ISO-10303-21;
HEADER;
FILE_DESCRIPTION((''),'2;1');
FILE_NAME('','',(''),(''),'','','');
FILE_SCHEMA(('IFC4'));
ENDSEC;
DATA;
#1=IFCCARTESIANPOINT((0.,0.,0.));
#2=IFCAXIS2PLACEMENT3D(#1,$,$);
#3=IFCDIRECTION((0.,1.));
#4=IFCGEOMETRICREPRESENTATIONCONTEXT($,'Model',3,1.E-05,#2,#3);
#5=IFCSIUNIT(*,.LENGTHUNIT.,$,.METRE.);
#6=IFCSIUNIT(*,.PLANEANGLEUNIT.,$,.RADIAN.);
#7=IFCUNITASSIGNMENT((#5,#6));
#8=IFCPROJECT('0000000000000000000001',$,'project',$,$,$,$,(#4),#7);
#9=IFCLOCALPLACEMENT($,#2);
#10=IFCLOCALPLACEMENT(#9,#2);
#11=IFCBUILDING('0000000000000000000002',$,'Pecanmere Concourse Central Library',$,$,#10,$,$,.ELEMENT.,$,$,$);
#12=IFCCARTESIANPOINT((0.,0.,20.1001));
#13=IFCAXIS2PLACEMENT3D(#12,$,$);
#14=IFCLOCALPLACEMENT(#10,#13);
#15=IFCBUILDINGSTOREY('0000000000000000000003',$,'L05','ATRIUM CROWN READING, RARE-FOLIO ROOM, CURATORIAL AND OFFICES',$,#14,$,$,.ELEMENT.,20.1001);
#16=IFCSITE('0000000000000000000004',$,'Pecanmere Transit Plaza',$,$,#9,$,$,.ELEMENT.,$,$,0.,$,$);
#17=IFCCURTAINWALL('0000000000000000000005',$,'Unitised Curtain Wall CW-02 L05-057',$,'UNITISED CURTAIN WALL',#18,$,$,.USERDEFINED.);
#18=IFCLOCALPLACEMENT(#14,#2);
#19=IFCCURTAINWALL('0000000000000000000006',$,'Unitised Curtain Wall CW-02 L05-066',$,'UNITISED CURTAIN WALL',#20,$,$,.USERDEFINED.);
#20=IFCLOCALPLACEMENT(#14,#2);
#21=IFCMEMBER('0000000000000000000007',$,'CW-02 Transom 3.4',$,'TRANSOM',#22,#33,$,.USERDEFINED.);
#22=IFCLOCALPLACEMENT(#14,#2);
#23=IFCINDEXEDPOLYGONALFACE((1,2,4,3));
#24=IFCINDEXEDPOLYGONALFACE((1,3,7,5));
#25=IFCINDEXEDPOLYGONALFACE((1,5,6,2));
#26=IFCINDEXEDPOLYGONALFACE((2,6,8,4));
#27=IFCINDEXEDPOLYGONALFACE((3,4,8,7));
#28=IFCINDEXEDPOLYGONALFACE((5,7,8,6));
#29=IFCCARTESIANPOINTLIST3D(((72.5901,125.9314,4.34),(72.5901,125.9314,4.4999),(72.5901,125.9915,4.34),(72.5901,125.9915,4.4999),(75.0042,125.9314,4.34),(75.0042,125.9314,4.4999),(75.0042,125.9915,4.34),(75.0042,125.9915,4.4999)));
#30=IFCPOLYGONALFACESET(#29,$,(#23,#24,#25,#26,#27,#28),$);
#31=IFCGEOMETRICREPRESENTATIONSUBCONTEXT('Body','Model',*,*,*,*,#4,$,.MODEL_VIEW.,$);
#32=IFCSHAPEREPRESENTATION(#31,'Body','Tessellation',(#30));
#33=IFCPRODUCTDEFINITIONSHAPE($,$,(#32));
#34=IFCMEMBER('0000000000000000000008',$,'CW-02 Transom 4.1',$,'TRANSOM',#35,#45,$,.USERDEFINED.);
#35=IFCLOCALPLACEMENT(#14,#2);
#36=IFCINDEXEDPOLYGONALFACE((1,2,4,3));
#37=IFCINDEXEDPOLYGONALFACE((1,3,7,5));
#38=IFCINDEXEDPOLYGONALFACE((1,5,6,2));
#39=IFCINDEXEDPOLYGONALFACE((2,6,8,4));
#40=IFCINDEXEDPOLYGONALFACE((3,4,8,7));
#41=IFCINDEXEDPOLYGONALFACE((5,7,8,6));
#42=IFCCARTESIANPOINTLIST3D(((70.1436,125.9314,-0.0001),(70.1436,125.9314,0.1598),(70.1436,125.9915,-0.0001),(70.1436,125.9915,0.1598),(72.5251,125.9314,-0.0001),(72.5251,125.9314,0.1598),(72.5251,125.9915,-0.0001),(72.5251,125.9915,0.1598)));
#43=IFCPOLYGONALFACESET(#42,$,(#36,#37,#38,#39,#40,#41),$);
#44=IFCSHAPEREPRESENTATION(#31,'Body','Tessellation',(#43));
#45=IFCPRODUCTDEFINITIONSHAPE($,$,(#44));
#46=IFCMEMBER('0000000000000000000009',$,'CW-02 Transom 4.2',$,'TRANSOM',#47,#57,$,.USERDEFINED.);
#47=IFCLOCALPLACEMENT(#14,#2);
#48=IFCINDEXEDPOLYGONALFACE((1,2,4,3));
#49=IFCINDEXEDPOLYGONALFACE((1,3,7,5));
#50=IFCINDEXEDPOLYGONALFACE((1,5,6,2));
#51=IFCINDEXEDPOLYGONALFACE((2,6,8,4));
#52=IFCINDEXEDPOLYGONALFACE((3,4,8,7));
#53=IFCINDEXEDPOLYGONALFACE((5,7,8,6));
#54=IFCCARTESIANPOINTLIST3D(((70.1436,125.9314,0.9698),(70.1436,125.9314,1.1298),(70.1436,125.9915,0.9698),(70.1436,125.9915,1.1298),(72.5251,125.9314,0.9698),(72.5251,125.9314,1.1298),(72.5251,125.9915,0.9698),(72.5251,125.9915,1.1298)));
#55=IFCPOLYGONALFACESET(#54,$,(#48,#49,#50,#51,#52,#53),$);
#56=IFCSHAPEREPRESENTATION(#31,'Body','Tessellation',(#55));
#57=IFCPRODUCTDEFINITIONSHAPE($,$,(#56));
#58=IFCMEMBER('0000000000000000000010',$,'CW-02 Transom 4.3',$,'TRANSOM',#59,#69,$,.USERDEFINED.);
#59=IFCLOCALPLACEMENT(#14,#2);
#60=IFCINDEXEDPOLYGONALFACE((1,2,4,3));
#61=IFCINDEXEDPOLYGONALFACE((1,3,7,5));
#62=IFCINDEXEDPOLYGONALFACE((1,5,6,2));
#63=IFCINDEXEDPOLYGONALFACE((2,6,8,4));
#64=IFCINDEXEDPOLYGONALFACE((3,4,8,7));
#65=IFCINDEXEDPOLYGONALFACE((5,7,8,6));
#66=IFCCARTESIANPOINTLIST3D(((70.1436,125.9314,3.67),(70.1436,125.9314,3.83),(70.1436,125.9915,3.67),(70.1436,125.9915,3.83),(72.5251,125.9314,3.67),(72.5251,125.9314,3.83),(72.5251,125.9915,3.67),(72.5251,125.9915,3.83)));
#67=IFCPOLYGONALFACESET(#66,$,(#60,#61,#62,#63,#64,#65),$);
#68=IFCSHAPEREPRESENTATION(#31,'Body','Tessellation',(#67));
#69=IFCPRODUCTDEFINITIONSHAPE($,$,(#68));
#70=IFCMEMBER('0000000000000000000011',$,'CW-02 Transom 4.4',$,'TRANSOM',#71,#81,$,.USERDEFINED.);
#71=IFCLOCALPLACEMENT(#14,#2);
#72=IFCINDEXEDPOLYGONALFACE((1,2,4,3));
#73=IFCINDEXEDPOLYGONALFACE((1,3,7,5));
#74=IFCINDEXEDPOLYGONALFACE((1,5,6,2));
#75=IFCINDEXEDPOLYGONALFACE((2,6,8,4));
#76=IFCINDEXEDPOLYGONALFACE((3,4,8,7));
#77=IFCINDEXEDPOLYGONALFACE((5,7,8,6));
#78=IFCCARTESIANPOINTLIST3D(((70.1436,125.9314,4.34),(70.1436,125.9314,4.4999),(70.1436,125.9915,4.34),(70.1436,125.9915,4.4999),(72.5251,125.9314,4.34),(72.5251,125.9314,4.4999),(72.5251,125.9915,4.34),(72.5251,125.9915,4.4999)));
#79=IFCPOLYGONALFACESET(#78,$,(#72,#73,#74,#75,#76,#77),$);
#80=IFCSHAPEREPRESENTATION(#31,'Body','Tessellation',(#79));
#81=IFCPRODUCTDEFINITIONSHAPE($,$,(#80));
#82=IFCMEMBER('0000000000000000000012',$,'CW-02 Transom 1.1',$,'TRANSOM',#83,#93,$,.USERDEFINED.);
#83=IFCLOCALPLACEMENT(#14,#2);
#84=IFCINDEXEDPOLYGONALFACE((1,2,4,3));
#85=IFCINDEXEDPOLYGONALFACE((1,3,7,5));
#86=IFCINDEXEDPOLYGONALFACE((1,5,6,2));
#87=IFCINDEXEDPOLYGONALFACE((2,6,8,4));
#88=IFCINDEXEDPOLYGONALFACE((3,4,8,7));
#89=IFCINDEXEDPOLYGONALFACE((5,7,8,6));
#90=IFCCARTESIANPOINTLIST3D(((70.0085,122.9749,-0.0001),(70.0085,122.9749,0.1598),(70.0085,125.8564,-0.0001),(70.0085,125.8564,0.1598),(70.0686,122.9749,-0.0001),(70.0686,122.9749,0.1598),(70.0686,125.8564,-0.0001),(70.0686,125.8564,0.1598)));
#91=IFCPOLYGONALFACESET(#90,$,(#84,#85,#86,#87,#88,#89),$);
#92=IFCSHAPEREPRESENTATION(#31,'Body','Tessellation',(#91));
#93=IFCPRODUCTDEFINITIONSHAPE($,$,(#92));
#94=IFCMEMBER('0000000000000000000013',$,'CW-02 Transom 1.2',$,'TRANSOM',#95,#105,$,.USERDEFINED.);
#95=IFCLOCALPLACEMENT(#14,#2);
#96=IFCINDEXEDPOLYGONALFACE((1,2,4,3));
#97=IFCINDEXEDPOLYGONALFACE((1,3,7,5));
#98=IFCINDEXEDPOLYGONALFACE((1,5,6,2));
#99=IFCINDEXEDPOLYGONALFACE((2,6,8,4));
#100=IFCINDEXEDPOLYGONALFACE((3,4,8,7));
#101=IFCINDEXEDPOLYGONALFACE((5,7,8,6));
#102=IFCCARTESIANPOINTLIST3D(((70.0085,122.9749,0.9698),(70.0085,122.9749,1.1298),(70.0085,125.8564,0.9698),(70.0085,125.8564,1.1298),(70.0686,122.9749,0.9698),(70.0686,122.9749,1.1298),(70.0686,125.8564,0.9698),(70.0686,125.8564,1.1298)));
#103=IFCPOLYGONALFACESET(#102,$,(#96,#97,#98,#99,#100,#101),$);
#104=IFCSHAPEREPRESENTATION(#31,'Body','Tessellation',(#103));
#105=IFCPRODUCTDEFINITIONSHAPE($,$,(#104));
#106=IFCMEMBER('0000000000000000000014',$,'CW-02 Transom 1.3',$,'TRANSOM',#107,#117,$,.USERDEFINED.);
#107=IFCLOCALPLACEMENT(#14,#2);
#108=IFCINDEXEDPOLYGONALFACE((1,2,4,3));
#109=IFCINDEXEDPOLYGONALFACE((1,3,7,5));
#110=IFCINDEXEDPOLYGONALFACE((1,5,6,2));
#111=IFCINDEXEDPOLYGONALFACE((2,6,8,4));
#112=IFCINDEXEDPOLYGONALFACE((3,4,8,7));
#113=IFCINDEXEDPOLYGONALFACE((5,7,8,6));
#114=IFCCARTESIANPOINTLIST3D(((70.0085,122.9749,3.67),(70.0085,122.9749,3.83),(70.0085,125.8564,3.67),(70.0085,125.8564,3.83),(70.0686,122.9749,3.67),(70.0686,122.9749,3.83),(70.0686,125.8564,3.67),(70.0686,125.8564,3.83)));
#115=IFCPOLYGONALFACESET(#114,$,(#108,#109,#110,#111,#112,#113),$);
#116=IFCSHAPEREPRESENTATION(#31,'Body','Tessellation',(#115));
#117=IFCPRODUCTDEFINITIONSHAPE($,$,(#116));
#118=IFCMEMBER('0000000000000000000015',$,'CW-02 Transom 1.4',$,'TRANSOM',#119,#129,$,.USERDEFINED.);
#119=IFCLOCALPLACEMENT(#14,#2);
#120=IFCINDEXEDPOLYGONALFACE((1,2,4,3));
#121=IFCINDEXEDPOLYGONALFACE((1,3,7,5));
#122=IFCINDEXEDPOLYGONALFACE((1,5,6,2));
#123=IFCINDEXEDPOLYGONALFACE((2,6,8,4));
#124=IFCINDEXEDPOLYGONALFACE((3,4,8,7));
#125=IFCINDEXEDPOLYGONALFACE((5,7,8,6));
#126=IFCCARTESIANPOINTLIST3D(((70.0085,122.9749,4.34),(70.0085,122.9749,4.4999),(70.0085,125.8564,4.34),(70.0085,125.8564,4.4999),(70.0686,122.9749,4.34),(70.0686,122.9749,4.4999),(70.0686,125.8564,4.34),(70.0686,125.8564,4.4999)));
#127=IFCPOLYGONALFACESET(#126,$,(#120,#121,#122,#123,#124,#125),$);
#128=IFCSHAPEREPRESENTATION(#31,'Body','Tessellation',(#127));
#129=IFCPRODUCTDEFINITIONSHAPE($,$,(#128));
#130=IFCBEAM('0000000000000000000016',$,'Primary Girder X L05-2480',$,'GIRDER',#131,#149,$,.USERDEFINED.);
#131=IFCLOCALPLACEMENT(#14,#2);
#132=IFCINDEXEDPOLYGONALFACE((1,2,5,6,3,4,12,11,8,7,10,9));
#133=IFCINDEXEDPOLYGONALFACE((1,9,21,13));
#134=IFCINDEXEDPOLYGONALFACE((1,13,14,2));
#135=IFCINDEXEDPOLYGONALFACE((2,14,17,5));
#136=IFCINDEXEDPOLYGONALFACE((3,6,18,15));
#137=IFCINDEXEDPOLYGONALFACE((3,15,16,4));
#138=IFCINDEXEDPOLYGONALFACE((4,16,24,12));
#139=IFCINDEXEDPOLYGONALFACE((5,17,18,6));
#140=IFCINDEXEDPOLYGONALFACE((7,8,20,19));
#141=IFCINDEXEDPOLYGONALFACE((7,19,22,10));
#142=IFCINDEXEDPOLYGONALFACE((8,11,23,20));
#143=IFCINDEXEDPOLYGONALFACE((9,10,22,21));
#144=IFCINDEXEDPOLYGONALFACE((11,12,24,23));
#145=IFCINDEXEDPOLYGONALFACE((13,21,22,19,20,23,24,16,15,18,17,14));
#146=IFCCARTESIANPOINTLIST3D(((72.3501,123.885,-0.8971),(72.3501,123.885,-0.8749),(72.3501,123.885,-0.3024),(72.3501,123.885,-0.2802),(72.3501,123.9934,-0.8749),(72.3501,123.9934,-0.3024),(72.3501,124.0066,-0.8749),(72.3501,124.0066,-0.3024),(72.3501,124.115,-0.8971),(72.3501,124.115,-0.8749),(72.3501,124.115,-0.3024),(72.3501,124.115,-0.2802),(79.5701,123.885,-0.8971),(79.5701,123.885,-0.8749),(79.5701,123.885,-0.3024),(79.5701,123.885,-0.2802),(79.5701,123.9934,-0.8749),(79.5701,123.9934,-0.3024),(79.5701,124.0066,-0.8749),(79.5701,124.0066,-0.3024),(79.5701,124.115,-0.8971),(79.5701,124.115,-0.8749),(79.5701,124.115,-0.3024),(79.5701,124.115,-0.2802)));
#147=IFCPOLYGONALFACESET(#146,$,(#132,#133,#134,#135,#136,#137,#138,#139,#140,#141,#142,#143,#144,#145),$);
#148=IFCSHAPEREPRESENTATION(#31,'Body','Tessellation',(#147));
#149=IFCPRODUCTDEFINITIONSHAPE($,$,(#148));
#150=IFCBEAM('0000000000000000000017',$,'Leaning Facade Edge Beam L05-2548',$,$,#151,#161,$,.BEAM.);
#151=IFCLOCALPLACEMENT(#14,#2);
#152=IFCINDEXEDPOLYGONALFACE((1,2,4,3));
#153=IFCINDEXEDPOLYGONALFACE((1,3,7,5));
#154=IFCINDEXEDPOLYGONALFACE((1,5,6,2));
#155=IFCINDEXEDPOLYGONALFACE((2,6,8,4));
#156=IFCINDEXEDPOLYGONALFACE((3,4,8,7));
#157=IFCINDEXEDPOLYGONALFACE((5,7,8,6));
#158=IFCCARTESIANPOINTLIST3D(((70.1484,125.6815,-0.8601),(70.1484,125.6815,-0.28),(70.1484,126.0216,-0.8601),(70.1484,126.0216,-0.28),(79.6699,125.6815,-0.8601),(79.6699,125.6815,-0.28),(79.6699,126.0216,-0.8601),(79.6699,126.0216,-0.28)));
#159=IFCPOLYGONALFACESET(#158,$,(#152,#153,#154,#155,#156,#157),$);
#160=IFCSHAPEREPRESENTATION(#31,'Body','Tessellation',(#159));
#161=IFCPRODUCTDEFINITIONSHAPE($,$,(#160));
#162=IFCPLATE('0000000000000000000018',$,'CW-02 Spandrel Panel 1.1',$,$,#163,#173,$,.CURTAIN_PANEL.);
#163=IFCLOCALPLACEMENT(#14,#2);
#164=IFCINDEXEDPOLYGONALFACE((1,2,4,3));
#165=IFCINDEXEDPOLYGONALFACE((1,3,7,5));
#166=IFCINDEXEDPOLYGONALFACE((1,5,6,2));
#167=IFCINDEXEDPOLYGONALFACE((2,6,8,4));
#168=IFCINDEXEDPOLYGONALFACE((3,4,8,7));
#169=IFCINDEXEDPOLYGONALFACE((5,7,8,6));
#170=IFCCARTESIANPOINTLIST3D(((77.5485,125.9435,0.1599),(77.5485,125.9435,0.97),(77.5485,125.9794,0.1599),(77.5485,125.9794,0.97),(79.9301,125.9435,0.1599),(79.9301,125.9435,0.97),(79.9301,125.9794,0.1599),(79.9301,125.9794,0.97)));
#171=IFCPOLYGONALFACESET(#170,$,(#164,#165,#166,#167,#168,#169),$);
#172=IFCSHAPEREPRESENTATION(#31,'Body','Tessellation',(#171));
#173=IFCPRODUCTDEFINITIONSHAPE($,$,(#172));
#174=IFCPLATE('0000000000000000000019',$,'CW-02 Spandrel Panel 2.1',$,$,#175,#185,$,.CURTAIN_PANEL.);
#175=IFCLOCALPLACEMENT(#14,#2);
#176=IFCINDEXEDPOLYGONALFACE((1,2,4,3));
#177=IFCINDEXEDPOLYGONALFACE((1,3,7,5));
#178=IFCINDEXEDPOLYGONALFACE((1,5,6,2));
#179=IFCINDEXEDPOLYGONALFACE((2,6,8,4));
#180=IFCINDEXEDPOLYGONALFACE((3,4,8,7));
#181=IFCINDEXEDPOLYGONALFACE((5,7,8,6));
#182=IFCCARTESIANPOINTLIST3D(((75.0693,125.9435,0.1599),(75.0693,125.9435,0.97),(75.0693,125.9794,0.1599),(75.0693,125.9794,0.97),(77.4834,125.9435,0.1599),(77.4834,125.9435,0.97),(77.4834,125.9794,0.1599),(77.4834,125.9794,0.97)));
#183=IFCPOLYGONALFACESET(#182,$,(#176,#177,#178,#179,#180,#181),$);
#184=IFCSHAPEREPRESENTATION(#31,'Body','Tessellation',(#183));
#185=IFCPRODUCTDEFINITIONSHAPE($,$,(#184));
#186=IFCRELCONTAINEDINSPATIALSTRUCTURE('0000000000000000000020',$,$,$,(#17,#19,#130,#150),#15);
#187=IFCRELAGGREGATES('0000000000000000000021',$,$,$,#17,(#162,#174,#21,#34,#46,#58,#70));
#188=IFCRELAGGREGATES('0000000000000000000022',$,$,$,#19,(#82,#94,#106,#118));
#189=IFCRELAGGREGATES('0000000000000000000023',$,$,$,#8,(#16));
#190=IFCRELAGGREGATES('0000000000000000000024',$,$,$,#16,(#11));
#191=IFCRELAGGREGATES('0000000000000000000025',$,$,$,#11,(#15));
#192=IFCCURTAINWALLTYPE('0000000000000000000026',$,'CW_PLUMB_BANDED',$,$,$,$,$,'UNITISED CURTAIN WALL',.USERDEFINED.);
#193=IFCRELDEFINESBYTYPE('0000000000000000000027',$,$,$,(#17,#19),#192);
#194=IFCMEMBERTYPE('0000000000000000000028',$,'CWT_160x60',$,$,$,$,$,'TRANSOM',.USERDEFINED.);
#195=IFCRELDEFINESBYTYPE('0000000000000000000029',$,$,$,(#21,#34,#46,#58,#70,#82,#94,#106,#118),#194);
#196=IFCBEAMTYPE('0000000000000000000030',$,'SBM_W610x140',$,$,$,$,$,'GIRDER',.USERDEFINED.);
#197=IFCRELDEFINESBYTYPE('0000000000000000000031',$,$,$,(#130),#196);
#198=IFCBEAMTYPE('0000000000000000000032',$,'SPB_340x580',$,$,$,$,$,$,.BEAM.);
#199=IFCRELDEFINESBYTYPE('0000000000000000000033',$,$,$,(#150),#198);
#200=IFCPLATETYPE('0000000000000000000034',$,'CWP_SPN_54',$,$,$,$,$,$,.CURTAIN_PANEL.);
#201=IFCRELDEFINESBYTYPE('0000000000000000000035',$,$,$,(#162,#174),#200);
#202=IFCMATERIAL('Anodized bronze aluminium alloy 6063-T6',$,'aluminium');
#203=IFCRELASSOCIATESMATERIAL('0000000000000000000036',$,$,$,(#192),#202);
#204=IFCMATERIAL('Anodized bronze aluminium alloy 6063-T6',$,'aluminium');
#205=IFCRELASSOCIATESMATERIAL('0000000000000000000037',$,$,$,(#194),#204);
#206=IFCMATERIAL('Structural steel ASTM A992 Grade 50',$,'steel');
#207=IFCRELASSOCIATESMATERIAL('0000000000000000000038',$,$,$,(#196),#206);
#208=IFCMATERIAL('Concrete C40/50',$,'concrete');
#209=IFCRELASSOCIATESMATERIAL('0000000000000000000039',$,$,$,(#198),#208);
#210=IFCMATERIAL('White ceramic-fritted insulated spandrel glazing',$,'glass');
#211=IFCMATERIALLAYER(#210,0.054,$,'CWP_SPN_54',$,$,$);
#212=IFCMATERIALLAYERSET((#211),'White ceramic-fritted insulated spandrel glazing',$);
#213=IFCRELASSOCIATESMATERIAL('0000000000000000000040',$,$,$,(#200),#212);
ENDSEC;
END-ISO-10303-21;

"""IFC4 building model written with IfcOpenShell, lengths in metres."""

from ifc_helpers import new_model, si_unit, direction, frame, origin, origin_2d, place, context, subcontext, project, spatial, rectangle, i_section, extrude, material, layer, layer_set, material_profile, profile_set, type_object, element, aggregate, save


model = new_model("IFC4")

# Units and contexts
model_context = context("Model", 3, precision=1e-05, world=origin(), true_north=direction((0.0, 1.0)))
body_context = subcontext(model_context, "Body", "Model", "MODEL_VIEW")
ifc_project = project(units=[si_unit("LENGTHUNIT", "METRE"), si_unit("PLANEANGLEUNIT", "RADIAN")], contexts=[model_context])

# Site, building, storey
site_placement = place(None, origin())
site = spatial("IfcSite", under=ifc_project, at=site_placement, Name="Pecanmere Transit Plaza", CompositionType="ELEMENT", RefElevation=0.0)
building_placement = place(site_placement, origin())
building = spatial("IfcBuilding", under=site, at=building_placement, Name="Pecanmere Concourse Central Library", CompositionType="ELEMENT")
storey_placement = place(building_placement, frame((0.0, 0.0, 20.1001)))
storey = spatial("IfcBuildingStorey", under=building, at=storey_placement, Name="L05", Description="ATRIUM CROWN READING, RARE-FOLIO ROOM, CURATORIAL AND OFFICES", CompositionType="ELEMENT", Elevation=20.1001)

# Curtain walls
ifc_material_1 = material(Name="Anodized bronze aluminium alloy 6063-T6", Category="aluminium")
curtain_wall_type = type_object("IfcCurtainWallType", Name="CW_PLUMB_BANDED", ElementType="UNITISED CURTAIN WALL", PredefinedType="USERDEFINED", material=ifc_material_1)
curtain_wall_1_placement = place(storey_placement, origin())
curtain_wall_1 = element("IfcCurtainWall", 1, at=curtain_wall_1_placement, inside=storey, type_object=curtain_wall_type, Name="Unitised Curtain Wall CW-02 L05-057", ObjectType="UNITISED CURTAIN WALL", PredefinedType="USERDEFINED")
curtain_wall_2_placement = place(storey_placement, origin())
curtain_wall_2 = element("IfcCurtainWall", 2, at=curtain_wall_2_placement, inside=storey, type_object=curtain_wall_type, Name="Unitised Curtain Wall CW-02 L05-066", ObjectType="UNITISED CURTAIN WALL", PredefinedType="USERDEFINED")

# Members
ifc_material_2 = material(Name="Anodized bronze aluminium alloy 6063-T6", Category="aluminium")
ifc_material_profile_1 = material_profile(ifc_material_2, rectangle(XDim=0.0601, YDim=0.1599, at=origin_2d()), Name="AL 60x160")
ifc_profile_set_1 = profile_set([ifc_material_profile_1], Name="Anodized bronze aluminium alloy 6063-T6")
member_type_1 = type_object("IfcMemberType", Name="CWT_160x60", ElementType="TRANSOM", PredefinedType="USERDEFINED", material=ifc_profile_set_1)
member_1_placement = place(storey_placement, frame((75.0042, 125.9614, 4.4199), z_axis=(-1.0, 0.0, 0.0), x_axis=(0.0, -1.0, 0.0)))
member_1 = element("IfcMember", 3, at=member_1_placement, type_object=member_type_1, Name="CW-02 Transom 3.4", ObjectType="TRANSOM", PredefinedType="USERDEFINED", context=body_context, shape_type="SweptSolid", body=[
    extrude(rectangle(XDim=0.0601, YDim=0.1599, at=origin_2d()), origin(), (0.0, 0.0, 1.0), 2.4141),
])
member_2_placement = place(storey_placement, frame((72.5251, 125.9614, 0.0798), z_axis=(-1.0, 0.0, 0.0), x_axis=(0.0, -1.0, 0.0)))
member_2 = element("IfcMember", 4, at=member_2_placement, type_object=member_type_1, Name="CW-02 Transom 4.1", ObjectType="TRANSOM", PredefinedType="USERDEFINED", context=body_context, shape_type="SweptSolid", body=[
    extrude(rectangle(XDim=0.0601, YDim=0.1599, at=origin_2d()), origin(), (0.0, 0.0, 1.0), 2.3816),
])
member_3_placement = place(storey_placement, frame((72.5251, 125.9614, 1.0498), z_axis=(-1.0, 0.0, 0.0), x_axis=(0.0, -1.0, 0.0)))
member_3 = element("IfcMember", 5, at=member_3_placement, type_object=member_type_1, Name="CW-02 Transom 4.2", ObjectType="TRANSOM", PredefinedType="USERDEFINED", context=body_context, shape_type="SweptSolid", body=[
    extrude(rectangle(XDim=0.0601, YDim=0.1599, at=origin_2d()), origin(), (0.0, 0.0, 1.0), 2.3816),
])
member_4_placement = place(storey_placement, frame((72.5251, 125.9614, 3.75), z_axis=(-1.0, 0.0, 0.0), x_axis=(0.0, -1.0, 0.0)))
member_4 = element("IfcMember", 6, at=member_4_placement, type_object=member_type_1, Name="CW-02 Transom 4.3", ObjectType="TRANSOM", PredefinedType="USERDEFINED", context=body_context, shape_type="SweptSolid", body=[
    extrude(rectangle(XDim=0.0601, YDim=0.1599, at=origin_2d()), origin(), (0.0, 0.0, 1.0), 2.3816),
])
member_5_placement = place(storey_placement, frame((72.5251, 125.9614, 4.4199), z_axis=(-1.0, 0.0, 0.0), x_axis=(0.0, -1.0, 0.0)))
member_5 = element("IfcMember", 7, at=member_5_placement, type_object=member_type_1, Name="CW-02 Transom 4.4", ObjectType="TRANSOM", PredefinedType="USERDEFINED", context=body_context, shape_type="SweptSolid", body=[
    extrude(rectangle(XDim=0.0601, YDim=0.1599, at=origin_2d()), origin(), (0.0, 0.0, 1.0), 2.3816),
])
member_6_placement = place(storey_placement, frame((70.0386, 125.8564, 0.0798), z_axis=(0.0, -1.0, 0.0), x_axis=(1.0, 0.0, 0.0)))
member_6 = element("IfcMember", 8, at=member_6_placement, type_object=member_type_1, Name="CW-02 Transom 1.1", ObjectType="TRANSOM", PredefinedType="USERDEFINED", context=body_context, shape_type="SweptSolid", body=[
    extrude(rectangle(XDim=0.0601, YDim=0.1599, at=origin_2d()), origin(), (0.0, 0.0, 1.0), 2.8816),
])
member_7_placement = place(storey_placement, frame((70.0386, 125.8564, 1.0498), z_axis=(0.0, -1.0, 0.0), x_axis=(1.0, 0.0, 0.0)))
member_7 = element("IfcMember", 9, at=member_7_placement, type_object=member_type_1, Name="CW-02 Transom 1.2", ObjectType="TRANSOM", PredefinedType="USERDEFINED", context=body_context, shape_type="SweptSolid", body=[
    extrude(rectangle(XDim=0.0601, YDim=0.1599, at=origin_2d()), origin(), (0.0, 0.0, 1.0), 2.8816),
])
member_8_placement = place(storey_placement, frame((70.0386, 125.8564, 3.75), z_axis=(0.0, -1.0, 0.0), x_axis=(1.0, 0.0, 0.0)))
member_8 = element("IfcMember", 10, at=member_8_placement, type_object=member_type_1, Name="CW-02 Transom 1.3", ObjectType="TRANSOM", PredefinedType="USERDEFINED", context=body_context, shape_type="SweptSolid", body=[
    extrude(rectangle(XDim=0.0601, YDim=0.1599, at=origin_2d()), origin(), (0.0, 0.0, 1.0), 2.8816),
])
member_9_placement = place(storey_placement, frame((70.0386, 125.8564, 4.4199), z_axis=(0.0, -1.0, 0.0), x_axis=(1.0, 0.0, 0.0)))
member_9 = element("IfcMember", 11, at=member_9_placement, type_object=member_type_1, Name="CW-02 Transom 1.4", ObjectType="TRANSOM", PredefinedType="USERDEFINED", context=body_context, shape_type="SweptSolid", body=[
    extrude(rectangle(XDim=0.0601, YDim=0.1599, at=origin_2d()), origin(), (0.0, 0.0, 1.0), 2.8816),
])

# Beams
ifc_material_3 = material(Name="Structural steel ASTM A992 Grade 50", Category="steel")
ifc_material_profile_2 = material_profile(ifc_material_3, i_section(OverallWidth=0.23, OverallDepth=0.6169, WebThickness=0.0132, FlangeThickness=0.0222, at=origin_2d()), Name="W610x140")
ifc_profile_set_2 = profile_set([ifc_material_profile_2], Name="Structural steel ASTM A992 Grade 50")
beam_type_1 = type_object("IfcBeamType", Name="SBM_W610x140", ElementType="GIRDER", PredefinedType="USERDEFINED", material=ifc_profile_set_2)
beam_1_placement = place(storey_placement, frame((72.3501, 124.0, -0.5886), z_axis=(1.0, 0.0, 0.0), x_axis=(0.0, 1.0, 0.0)))
element("IfcBeam", 12, at=beam_1_placement, inside=storey, type_object=beam_type_1, Name="Primary Girder X L05-2480", ObjectType="GIRDER", PredefinedType="USERDEFINED", context=body_context, shape_type="SweptSolid", body=[
    extrude(i_section(OverallWidth=0.23, OverallDepth=0.6169, WebThickness=0.0132, FlangeThickness=0.0222, at=origin_2d()), origin(), (0.0, 0.0, 1.0), 7.22),
])
ifc_material_4 = material(Name="Concrete C40/50", Category="concrete")
ifc_material_profile_3 = material_profile(ifc_material_4, rectangle(XDim=0.3401, YDim=0.5801, at=origin_2d()), Name="RC 340x580")
ifc_profile_set_3 = profile_set([ifc_material_profile_3], Name="Concrete C40/50")
beam_type_2 = type_object("IfcBeamType", Name="SPB_340x580", PredefinedType="BEAM", material=ifc_profile_set_3)
beam_2_placement = place(storey_placement, frame((70.1484, 125.8516, -0.5701), z_axis=(1.0, 0.0, 0.0), x_axis=(0.0, 1.0, 0.0)))
element("IfcBeam", 13, at=beam_2_placement, inside=storey, type_object=beam_type_2, Name="Leaning Facade Edge Beam L05-2548", PredefinedType="BEAM", context=body_context, shape_type="SweptSolid", body=[
    extrude(rectangle(XDim=0.3401, YDim=0.5801, at=origin_2d()), origin(), (0.0, 0.0, 1.0), 9.5215),
])

# Plates
ifc_material_5 = material(Name="White ceramic-fritted insulated spandrel glazing", Category="glass")
ifc_layer_1 = layer(ifc_material_5, 0.054, Name="CWP_SPN_54")
ifc_layer_set_1 = layer_set([ifc_layer_1], Name="White ceramic-fritted insulated spandrel glazing")
plate_type_1 = type_object("IfcPlateType", Name="CWP_SPN_54", PredefinedType="CURTAIN_PANEL", material=ifc_layer_set_1)
plate_1_placement = place(storey_placement, frame((78.7393, 125.9614, 0.1599), z_axis=(0.0, 0.0, 1.0), x_axis=(-1.0, 0.0, 0.0)))
plate_1 = element("IfcPlate", 14, at=plate_1_placement, type_object=plate_type_1, Name="CW-02 Spandrel Panel 1.1", PredefinedType="CURTAIN_PANEL", context=body_context, shape_type="SweptSolid", body=[
    extrude(rectangle(XDim=2.3816, YDim=0.0359, at=origin_2d()), origin(), (0.0, 0.0, 1.0), 0.8101),
])
plate_2_placement = place(storey_placement, frame((76.2764, 125.9614, 0.1599), z_axis=(0.0, 0.0, 1.0), x_axis=(-1.0, 0.0, 0.0)))
plate_2 = element("IfcPlate", 15, at=plate_2_placement, type_object=plate_type_1, Name="CW-02 Spandrel Panel 2.1", PredefinedType="CURTAIN_PANEL", context=body_context, shape_type="SweptSolid", body=[
    extrude(rectangle(XDim=2.4141, YDim=0.0359, at=origin_2d()), origin(), (0.0, 0.0, 1.0), 0.8101),
])
aggregate(curtain_wall_1, [plate_1, plate_2, member_1, member_2, member_3, member_4, member_5])
aggregate(curtain_wall_2, [member_6, member_7, member_8, member_9])

save(model, "model.ifc")
